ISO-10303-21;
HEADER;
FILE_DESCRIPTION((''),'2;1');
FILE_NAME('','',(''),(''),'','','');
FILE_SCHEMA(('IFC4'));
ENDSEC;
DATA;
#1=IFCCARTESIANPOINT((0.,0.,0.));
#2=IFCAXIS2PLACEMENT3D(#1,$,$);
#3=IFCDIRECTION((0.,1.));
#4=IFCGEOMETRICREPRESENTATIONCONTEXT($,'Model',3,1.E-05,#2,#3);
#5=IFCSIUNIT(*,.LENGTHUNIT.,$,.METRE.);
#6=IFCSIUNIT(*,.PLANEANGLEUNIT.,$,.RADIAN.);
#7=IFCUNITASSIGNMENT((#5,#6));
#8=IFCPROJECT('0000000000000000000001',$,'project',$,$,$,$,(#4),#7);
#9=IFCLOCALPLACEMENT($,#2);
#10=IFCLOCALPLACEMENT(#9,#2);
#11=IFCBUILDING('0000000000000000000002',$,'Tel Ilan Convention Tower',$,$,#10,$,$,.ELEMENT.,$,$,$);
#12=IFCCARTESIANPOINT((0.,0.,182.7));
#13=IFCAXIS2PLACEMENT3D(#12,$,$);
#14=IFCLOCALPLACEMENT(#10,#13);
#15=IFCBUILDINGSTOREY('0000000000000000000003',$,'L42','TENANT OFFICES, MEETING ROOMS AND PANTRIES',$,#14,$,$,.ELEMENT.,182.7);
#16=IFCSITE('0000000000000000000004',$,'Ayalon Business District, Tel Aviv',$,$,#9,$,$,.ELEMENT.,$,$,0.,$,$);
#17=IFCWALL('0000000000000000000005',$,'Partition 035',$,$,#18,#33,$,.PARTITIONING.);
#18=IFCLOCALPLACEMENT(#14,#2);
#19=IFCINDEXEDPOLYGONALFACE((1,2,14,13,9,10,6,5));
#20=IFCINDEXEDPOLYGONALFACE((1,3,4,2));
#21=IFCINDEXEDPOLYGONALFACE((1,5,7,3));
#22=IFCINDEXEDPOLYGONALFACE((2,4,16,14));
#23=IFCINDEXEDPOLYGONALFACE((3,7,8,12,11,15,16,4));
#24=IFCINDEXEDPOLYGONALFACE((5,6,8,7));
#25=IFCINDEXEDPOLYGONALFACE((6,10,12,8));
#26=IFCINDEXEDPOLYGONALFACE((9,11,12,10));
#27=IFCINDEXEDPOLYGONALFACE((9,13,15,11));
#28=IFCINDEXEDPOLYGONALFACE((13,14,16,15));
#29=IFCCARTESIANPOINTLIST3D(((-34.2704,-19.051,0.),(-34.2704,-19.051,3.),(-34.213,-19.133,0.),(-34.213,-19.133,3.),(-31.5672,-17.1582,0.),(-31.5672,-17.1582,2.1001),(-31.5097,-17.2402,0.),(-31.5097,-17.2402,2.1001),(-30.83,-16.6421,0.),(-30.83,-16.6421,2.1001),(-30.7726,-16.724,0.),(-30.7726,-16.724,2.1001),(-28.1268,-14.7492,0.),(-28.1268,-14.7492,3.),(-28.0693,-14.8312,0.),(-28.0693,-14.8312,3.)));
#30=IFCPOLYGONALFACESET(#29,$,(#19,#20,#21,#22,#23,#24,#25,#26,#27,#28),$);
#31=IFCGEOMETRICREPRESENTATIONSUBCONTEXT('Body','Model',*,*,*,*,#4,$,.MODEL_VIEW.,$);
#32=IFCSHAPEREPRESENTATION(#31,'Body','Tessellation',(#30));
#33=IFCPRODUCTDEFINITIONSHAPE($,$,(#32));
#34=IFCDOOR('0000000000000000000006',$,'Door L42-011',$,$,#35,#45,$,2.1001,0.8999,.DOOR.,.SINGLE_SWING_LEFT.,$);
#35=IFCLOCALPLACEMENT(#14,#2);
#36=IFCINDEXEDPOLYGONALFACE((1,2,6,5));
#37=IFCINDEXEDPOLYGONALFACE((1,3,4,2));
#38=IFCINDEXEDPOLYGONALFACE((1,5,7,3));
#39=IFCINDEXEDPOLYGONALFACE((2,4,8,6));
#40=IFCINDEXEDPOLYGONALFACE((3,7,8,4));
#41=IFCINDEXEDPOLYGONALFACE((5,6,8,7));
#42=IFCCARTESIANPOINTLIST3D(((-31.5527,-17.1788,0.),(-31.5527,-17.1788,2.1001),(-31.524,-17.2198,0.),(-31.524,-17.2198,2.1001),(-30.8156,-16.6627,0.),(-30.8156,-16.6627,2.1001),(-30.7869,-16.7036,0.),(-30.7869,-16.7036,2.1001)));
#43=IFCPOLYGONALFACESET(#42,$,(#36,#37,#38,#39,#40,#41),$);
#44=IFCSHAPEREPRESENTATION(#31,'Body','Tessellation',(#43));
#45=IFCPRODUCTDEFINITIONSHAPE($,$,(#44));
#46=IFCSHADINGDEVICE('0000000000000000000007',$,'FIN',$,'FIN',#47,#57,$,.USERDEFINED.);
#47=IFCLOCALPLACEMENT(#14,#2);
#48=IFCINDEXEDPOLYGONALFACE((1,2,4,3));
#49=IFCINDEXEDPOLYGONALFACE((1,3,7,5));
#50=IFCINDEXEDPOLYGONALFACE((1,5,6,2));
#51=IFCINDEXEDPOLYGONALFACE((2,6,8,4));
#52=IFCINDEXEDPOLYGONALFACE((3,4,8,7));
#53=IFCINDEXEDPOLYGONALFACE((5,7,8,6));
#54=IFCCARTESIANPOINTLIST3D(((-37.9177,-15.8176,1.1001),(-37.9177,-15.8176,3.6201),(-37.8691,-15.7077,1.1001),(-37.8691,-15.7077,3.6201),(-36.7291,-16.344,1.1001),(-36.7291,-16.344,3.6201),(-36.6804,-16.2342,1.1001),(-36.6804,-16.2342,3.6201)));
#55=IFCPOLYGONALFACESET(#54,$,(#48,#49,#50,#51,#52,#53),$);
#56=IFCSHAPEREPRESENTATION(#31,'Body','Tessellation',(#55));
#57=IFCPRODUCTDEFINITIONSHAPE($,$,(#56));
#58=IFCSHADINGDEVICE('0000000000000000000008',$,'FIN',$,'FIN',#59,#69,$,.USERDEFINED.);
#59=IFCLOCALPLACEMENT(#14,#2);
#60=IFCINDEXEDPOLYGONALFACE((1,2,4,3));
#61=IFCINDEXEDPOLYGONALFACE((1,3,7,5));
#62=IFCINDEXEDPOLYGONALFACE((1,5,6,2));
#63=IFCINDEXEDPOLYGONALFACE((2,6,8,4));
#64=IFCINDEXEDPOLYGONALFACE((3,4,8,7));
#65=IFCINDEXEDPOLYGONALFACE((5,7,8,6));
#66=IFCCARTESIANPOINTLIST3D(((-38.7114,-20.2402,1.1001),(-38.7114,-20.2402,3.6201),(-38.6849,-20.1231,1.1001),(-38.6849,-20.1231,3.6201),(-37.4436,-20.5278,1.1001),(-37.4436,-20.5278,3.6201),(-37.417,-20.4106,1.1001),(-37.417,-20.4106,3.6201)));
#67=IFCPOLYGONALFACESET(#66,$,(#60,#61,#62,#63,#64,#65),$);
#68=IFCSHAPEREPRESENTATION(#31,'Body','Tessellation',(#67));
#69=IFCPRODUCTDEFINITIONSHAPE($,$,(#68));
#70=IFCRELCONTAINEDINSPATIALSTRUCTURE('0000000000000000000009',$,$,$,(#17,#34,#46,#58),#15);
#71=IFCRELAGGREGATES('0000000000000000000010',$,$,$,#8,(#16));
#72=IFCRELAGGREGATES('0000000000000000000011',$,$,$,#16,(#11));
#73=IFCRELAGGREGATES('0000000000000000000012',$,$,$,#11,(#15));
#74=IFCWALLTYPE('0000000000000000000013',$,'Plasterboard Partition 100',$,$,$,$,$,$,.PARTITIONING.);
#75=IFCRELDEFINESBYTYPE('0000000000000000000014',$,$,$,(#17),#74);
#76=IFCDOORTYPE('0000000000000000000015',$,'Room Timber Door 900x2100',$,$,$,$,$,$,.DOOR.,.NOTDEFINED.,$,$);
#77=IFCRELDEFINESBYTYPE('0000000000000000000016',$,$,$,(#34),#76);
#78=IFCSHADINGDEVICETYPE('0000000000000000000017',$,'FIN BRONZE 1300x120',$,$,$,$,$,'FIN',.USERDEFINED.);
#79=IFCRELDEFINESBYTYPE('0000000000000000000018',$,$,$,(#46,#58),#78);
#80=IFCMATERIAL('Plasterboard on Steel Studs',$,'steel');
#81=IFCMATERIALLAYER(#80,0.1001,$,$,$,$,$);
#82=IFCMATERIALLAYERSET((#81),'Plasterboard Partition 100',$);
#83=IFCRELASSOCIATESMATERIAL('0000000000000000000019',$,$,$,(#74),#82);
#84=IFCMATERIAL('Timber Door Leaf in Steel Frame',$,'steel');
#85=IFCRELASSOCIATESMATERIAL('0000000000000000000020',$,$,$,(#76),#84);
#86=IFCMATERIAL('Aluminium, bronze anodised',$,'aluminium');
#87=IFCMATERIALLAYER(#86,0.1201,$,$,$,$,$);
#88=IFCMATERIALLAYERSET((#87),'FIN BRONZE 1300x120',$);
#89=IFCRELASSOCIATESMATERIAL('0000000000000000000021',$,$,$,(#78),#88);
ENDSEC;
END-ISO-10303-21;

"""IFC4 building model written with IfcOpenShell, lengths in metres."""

from ifc_helpers import new_model, si_unit, direction, frame, frame_2d, origin, origin_2d, place, context, subcontext, project, spatial, rectangle, extrude, material, layer, layer_set, type_object, element, fill, save


model = new_model("IFC4")

# Units and contexts
model_context = context("Model", 3, precision=1e-05, world=origin(), true_north=direction((0.0, 1.0)))
body_context = subcontext(model_context, "Body", "Model", "MODEL_VIEW")
ifc_project = project(units=[si_unit("LENGTHUNIT", "METRE"), si_unit("PLANEANGLEUNIT", "RADIAN")], contexts=[model_context])

# Site, building, storey
site_placement = place(None, origin())
site = spatial("IfcSite", under=ifc_project, at=site_placement, Name="Ayalon Business District, Tel Aviv", CompositionType="ELEMENT", RefElevation=0.0)
building_placement = place(site_placement, origin())
building = spatial("IfcBuilding", under=site, at=building_placement, Name="Tel Ilan Convention Tower", CompositionType="ELEMENT")
storey_placement = place(building_placement, frame((0.0, 0.0, 182.7)))
storey = spatial("IfcBuildingStorey", under=building, at=storey_placement, Name="L42", Description="TENANT OFFICES, MEETING ROOMS AND PANTRIES", CompositionType="ELEMENT", Elevation=182.7)

# Wall, opening, door
ifc_material_1 = material(Name="Plasterboard on Steel Studs", Category="steel")
ifc_layer_1 = layer(ifc_material_1, 0.1001)
ifc_layer_set_1 = layer_set([ifc_layer_1], Name="Plasterboard Partition 100")
wall_type_1 = type_object("IfcWallType", Name="Plasterboard Partition 100", PredefinedType="PARTITIONING", material=ifc_layer_set_1)
wall_1_placement = place(storey_placement, frame((-34.2417, -19.092, 0.0), z_axis=(0.0, 0.0, 1.0), x_axis=(0.819152, 0.573576, 0.0)))
wall_1 = element("IfcWall", 1, at=wall_1_placement, inside=storey, type_object=wall_type_1, Name="Partition 035", PredefinedType="PARTITIONING", context=body_context, shape_type="SweptSolid", body=[
    extrude(rectangle(XDim=7.5, YDim=0.1001, at=frame_2d((3.75, 0.0))), origin(), (0.0, 0.0, 1.0), 3.0),
])
opening_1_placement = place(wall_1_placement, frame((3.3, 0.0, 0.0)))
opening_1 = element("IfcOpeningElement", 2, at=opening_1_placement, cuts=wall_1, PredefinedType="OPENING", context=body_context, shape_type="SweptSolid", body=[
    extrude(rectangle(XDim=0.8999, YDim=2.1001, at=frame_2d((0.45, 1.05))), frame((0.0, 0.0601, 0.0), z_axis=(0.0, -1.0, 0.0), x_axis=(1.0, 0.0, 0.0)), (0.0, 0.0, 1.0), 0.1201),
])
ifc_material_2 = material(Name="Timber Door Leaf in Steel Frame", Category="steel")
door_type_1 = type_object("IfcDoorType", Name="Room Timber Door 900x2100", OperationType="NOTDEFINED", PredefinedType="DOOR", material=ifc_material_2)
door_1_placement = place(opening_1_placement, origin())
door_1 = element("IfcDoor", 3, at=door_1_placement, inside=storey, type_object=door_type_1, Name="Door L42-011", OperationType="SINGLE_SWING_LEFT", OverallHeight=2.1001, OverallWidth=0.8999, PredefinedType="DOOR", context=body_context, shape_type="SweptSolid", body=[
    extrude(rectangle(XDim=0.8999, YDim=2.1001, at=frame_2d((0.45, 1.05))), frame((0.0, 0.0249, 0.0), z_axis=(0.0, -1.0, 0.0), x_axis=(1.0, 0.0, 0.0)), (0.0, 0.0, 1.0), 0.05),
])
fill(opening_1, door_1)

# Shading devices
ifc_material_3 = material(Name="Aluminium, bronze anodised", Category="aluminium")
ifc_layer_2 = layer(ifc_material_3, 0.1201)
ifc_layer_set_2 = layer_set([ifc_layer_2], Name="FIN BRONZE 1300x120")
shading_device_type = type_object("IfcShadingDeviceType", Name="FIN BRONZE 1300x120", ElementType="FIN", PredefinedType="USERDEFINED", material=ifc_layer_set_2)
for number, where, z_axis, x_axis, name in (
    (4, (-37.2991, -16.0259, 1.1001), (0.0, 0.0, 1.0), (-0.914333, 0.404964, 0.0), "FIN"),
    (5, (-38.0642, -20.3254, 1.1001), (0.0, 0.0, 1.0), (-0.975235, 0.22117, 0.0), "FIN"),
):
    element("IfcShadingDevice", number, at=place(storey_placement, frame(where, z_axis=z_axis, x_axis=x_axis)), inside=storey, type_object=shading_device_type, Name=name, ObjectType="FIN", PredefinedType="USERDEFINED", context=body_context, shape_type="SweptSolid", body=[
        extrude(rectangle(XDim=1.3, YDim=0.1201, at=origin_2d()), origin(), (0.0, 0.0, 1.0), 2.52),
    ])

save(model, "model.ifc")
